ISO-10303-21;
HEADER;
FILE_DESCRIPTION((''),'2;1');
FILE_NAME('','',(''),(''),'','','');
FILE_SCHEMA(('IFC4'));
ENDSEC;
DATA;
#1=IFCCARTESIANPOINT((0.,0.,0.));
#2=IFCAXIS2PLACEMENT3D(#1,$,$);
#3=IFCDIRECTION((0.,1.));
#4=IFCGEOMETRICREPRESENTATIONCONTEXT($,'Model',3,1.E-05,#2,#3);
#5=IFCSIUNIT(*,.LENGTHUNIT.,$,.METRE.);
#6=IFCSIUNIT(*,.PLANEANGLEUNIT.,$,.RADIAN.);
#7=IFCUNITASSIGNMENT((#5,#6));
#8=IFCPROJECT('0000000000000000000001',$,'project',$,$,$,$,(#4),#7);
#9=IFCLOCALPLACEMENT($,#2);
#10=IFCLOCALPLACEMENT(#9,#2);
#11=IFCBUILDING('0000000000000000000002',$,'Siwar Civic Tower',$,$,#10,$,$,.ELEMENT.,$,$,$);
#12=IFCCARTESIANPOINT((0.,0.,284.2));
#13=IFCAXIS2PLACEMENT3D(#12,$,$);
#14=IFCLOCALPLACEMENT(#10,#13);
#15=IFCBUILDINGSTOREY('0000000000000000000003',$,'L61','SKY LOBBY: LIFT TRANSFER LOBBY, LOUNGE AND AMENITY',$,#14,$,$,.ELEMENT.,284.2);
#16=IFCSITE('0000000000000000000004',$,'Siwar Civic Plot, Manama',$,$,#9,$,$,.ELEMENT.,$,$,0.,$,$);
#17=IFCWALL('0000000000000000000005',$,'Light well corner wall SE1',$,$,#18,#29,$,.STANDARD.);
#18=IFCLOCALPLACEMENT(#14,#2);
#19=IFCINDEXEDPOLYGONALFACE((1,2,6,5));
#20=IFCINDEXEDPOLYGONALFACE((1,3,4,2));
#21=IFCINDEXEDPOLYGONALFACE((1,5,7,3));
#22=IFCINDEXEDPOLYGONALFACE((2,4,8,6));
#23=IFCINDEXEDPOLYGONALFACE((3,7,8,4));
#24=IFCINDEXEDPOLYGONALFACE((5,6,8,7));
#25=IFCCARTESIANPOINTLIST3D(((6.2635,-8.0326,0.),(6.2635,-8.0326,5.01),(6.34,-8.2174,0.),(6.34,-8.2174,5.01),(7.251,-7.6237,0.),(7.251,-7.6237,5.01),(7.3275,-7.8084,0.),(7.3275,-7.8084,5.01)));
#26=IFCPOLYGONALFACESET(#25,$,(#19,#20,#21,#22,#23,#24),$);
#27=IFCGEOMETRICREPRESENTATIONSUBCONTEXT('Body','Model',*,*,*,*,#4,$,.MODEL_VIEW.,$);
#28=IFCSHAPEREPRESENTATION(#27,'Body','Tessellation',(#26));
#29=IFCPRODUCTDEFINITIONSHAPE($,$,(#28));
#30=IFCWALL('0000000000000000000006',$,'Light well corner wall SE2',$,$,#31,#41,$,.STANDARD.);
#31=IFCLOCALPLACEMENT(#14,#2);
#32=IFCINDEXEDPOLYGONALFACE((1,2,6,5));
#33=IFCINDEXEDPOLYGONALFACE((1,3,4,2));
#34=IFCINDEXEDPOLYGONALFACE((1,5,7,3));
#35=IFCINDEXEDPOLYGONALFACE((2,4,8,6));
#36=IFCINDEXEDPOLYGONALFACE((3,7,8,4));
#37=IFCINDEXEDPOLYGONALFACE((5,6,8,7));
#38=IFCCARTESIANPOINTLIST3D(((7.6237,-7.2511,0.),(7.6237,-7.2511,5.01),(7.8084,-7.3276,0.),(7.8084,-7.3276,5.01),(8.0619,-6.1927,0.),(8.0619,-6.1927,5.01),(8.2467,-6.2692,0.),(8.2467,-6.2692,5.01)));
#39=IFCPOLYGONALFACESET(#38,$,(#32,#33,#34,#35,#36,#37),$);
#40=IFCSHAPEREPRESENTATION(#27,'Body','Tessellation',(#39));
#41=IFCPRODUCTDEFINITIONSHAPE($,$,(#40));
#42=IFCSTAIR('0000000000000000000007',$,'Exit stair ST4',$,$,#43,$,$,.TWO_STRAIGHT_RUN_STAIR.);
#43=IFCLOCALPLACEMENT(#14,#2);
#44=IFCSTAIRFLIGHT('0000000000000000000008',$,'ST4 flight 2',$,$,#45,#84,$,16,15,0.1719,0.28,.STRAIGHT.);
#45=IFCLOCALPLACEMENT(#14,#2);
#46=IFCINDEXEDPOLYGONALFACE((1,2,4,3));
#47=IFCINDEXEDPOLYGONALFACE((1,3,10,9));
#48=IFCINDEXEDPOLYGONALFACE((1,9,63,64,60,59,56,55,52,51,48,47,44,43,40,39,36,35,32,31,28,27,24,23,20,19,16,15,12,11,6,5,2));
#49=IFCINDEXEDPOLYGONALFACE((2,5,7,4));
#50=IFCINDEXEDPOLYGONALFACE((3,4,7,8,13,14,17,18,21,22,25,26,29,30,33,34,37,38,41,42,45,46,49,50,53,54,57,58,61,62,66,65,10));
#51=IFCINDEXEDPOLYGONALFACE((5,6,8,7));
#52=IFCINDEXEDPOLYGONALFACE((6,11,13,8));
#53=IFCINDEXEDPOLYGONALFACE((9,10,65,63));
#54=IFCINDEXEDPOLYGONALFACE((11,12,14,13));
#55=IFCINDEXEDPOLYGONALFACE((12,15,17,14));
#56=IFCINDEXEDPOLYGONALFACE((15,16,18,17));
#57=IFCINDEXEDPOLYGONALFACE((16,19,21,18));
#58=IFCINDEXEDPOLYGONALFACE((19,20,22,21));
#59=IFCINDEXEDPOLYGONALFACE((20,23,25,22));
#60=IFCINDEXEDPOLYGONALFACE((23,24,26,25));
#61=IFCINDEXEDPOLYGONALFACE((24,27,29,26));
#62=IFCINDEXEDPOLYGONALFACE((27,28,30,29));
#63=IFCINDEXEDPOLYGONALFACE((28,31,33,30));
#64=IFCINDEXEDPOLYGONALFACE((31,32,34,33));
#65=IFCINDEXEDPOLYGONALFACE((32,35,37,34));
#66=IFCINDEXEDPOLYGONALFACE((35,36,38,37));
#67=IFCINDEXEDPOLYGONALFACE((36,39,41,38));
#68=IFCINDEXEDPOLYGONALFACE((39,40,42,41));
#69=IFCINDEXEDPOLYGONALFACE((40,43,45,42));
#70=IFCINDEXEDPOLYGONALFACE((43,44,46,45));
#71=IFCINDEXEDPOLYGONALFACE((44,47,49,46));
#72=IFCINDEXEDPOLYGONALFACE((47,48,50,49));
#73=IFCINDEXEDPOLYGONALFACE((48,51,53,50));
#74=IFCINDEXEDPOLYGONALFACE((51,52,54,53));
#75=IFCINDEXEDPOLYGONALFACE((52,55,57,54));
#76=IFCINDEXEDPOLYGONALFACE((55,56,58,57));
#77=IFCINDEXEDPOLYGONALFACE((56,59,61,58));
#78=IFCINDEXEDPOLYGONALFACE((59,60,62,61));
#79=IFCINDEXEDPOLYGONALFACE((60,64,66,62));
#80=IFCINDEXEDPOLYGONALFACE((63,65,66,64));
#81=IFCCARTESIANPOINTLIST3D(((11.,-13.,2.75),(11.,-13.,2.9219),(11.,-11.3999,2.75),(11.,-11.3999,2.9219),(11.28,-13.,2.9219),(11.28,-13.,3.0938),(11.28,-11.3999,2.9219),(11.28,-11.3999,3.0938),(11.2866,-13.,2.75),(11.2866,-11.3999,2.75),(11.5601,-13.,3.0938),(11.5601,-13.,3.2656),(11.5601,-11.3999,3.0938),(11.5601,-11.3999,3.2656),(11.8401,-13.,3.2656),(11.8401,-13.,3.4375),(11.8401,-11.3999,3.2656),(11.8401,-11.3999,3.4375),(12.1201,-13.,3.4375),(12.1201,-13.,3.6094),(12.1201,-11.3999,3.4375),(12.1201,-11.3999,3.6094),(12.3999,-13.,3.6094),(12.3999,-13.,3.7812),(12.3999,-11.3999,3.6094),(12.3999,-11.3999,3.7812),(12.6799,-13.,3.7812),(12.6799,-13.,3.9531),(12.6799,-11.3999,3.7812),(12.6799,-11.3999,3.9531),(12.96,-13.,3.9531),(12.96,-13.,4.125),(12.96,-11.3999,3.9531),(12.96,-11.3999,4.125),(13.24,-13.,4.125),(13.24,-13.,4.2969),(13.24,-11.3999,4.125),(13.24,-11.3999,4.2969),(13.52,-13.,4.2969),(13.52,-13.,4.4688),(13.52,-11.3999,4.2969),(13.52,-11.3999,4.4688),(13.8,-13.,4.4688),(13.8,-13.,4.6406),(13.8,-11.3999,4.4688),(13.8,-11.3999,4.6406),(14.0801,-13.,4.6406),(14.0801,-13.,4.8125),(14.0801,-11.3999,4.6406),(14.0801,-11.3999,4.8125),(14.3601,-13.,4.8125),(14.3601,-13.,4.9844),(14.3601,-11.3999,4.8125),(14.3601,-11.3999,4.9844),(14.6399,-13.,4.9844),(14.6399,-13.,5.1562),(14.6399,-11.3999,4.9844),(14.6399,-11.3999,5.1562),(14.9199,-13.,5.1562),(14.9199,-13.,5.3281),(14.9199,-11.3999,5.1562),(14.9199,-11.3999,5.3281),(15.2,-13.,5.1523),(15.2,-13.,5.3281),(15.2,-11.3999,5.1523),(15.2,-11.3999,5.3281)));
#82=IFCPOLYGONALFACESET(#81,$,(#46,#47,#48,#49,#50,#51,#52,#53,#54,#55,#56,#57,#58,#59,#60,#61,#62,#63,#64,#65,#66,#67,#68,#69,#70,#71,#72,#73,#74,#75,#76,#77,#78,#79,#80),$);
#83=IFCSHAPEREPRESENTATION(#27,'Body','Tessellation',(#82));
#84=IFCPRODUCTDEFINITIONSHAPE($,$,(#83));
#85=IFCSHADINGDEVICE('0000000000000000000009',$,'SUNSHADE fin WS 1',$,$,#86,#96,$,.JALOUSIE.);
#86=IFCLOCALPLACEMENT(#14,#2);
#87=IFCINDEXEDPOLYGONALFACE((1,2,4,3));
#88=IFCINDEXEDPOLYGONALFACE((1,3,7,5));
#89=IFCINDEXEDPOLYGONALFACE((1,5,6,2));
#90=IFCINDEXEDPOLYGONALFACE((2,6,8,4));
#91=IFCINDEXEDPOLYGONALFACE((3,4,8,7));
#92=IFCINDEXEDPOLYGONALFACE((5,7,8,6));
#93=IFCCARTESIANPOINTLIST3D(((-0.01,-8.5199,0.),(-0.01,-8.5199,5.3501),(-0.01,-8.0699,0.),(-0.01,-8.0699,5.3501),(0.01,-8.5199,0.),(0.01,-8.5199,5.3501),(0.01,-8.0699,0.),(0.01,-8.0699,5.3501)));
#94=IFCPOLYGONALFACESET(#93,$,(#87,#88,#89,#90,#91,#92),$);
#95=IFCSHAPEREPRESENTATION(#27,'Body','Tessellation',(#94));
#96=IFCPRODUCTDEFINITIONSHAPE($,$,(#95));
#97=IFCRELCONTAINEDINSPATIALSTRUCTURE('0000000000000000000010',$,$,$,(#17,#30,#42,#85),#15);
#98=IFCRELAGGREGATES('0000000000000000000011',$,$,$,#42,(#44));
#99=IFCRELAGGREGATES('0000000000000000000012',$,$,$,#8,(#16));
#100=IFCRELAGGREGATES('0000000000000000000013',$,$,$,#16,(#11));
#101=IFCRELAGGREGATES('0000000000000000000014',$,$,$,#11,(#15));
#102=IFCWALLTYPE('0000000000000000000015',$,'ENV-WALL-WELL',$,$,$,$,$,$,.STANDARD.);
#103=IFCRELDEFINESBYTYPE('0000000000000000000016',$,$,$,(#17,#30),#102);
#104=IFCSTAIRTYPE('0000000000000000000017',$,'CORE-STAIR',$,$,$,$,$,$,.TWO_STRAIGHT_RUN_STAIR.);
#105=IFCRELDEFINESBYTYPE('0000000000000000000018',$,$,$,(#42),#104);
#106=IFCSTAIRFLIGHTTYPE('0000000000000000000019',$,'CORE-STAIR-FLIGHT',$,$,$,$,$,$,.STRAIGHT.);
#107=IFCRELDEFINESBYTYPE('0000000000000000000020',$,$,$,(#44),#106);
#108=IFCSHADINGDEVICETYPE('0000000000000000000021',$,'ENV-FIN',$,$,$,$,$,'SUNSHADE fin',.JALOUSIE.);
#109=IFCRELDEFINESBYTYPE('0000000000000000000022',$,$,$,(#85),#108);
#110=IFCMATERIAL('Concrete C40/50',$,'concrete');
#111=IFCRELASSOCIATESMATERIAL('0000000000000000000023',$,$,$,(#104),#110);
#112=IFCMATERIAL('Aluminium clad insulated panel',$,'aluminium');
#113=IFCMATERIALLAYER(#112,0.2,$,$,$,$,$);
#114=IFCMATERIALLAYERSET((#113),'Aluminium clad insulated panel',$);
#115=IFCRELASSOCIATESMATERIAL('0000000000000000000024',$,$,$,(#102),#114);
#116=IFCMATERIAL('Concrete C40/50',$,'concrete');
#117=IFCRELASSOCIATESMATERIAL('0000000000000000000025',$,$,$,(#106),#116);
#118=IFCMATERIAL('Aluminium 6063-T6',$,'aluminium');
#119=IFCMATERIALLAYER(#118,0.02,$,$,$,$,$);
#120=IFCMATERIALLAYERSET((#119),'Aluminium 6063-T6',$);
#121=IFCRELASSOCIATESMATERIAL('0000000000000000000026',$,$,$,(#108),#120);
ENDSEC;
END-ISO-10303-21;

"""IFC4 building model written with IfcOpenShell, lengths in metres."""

from ifc_helpers import new_model, si_unit, direction, frame, frame_2d, origin, origin_2d, place, context, subcontext, project, spatial, polyline, rectangle, outline, extrude, material, layer, layer_set, type_object, element, aggregate, save


model = new_model("IFC4")

# Units and contexts
model_context = context("Model", 3, precision=1e-05, world=origin(), true_north=direction((0.0, 1.0)))
body_context = subcontext(model_context, "Body", "Model", "MODEL_VIEW")
ifc_project = project(units=[si_unit("LENGTHUNIT", "METRE"), si_unit("PLANEANGLEUNIT", "RADIAN")], contexts=[model_context])

# Site, building, storey
site_placement = place(None, origin())
site = spatial("IfcSite", under=ifc_project, at=site_placement, Name="Siwar Civic Plot, Manama", CompositionType="ELEMENT", RefElevation=0.0)
building_placement = place(site_placement, origin())
building = spatial("IfcBuilding", under=site, at=building_placement, Name="Siwar Civic Tower", CompositionType="ELEMENT")
storey_placement = place(building_placement, frame((0.0, 0.0, 284.2)))
storey = spatial("IfcBuildingStorey", under=building, at=storey_placement, Name="L61", Description="SKY LOBBY: LIFT TRANSFER LOBBY, LOUNGE AND AMENITY", CompositionType="ELEMENT", Elevation=284.2)

# Shared definitions
ifc_material_1 = material(Name="Concrete C40/50", Category="concrete")
stair_type = type_object("IfcStairType", Name="CORE-STAIR", PredefinedType="TWO_STRAIGHT_RUN_STAIR", material=ifc_material_1)

# Walls
ifc_material_2 = material(Name="Aluminium clad insulated panel", Category="aluminium")
ifc_layer_1 = layer(ifc_material_2, 0.2)
ifc_layer_set_1 = layer_set([ifc_layer_1], Name="Aluminium clad insulated panel")
wall_type_1 = type_object("IfcWallType", Name="ENV-WALL-WELL", PredefinedType="STANDARD", material=ifc_layer_set_1)
wall_1_placement = place(storey_placement, frame((6.3018, -8.125, 0.0), z_axis=(0.0, 0.0, 1.0), x_axis=(0.923919, 0.382587, 0.0)))
element("IfcWall", 1, at=wall_1_placement, inside=storey, type_object=wall_type_1, Name="Light well corner wall SE1", PredefinedType="STANDARD", context=body_context, shape_type="SweptSolid", body=[
    extrude(rectangle(XDim=1.0688, YDim=0.2, at=frame_2d((0.5344, 0.0))), origin(), (0.0, 0.0, 1.0), 5.01),
])
wall_2_placement = place(storey_placement, frame((7.7161, -7.2893, 0.0), z_axis=(0.0, 0.0, 1.0), x_axis=(0.382571, 0.923926, 0.0)))
element("IfcWall", 2, at=wall_2_placement, inside=storey, type_object=wall_type_1, Name="Light well corner wall SE2", PredefinedType="STANDARD", context=body_context, shape_type="SweptSolid", body=[
    extrude(rectangle(XDim=1.1455, YDim=0.2, at=frame_2d((0.5728, 0.0))), origin(), (0.0, 0.0, 1.0), 5.01),
])

# Stair, stair flight
stair_1_placement = place(storey_placement, origin())
stair_1 = element("IfcStair", 3, at=stair_1_placement, inside=storey, type_object=stair_type, Name="Exit stair ST4", PredefinedType="TWO_STRAIGHT_RUN_STAIR")
ifc_material_3 = material(Name="Concrete C40/50", Category="concrete")
stair_flight_type = type_object("IfcStairFlightType", Name="CORE-STAIR-FLIGHT", PredefinedType="STRAIGHT", material=ifc_material_3)
stair_flight_placement = place(storey_placement, frame((11.0, -12.2, 2.75), z_axis=(0.0, 0.0, 1.0), x_axis=(1.0, 0.0, 0.0)))
stair_flight = element("IfcStairFlight", 4, at=stair_flight_placement, type_object=stair_flight_type, Name="ST4 flight 2", NumberOfRisers=16, NumberOfTreads=15, PredefinedType="STRAIGHT", RiserHeight=0.1719, TreadLength=0.28, context=body_context, shape_type="SweptSolid", body=[
    extrude(outline(polyline([(0.0, 0.0), (0.0, 0.1719), (0.28, 0.1719), (0.28, 0.3438), (0.5601, 0.3438), (0.5601, 0.5156), (0.8401, 0.5156), (0.8401, 0.6875), (1.1201, 0.6875), (1.1201, 0.8594), (1.3999, 0.8594), (1.3999, 1.0312), (1.6799, 1.0312), (1.6799, 1.2031), (1.96, 1.2031), (1.96, 1.375), (2.24, 1.375), (2.24, 1.5469), (2.52, 1.5469), (2.52, 1.7188), (2.8, 1.7188), (2.8, 1.8906), (3.0801, 1.8906), (3.0801, 2.0625), (3.3601, 2.0625), (3.3601, 2.2344), (3.6399, 2.2344), (3.6399, 2.4062), (3.9199, 2.4062), (3.9199, 2.5781), (4.2, 2.5781), (4.2, 2.75), (4.2, 2.4023), (0.2866, 0.0), (0.0, 0.0)])), frame((0.0, 0.8, 0.0), z_axis=(0.0, -1.0, 0.0), x_axis=(1.0, 0.0, 0.0)), (0.0, 0.0, 1.0), 1.6001),
])
aggregate(stair_1, [stair_flight])

# Shading device
ifc_material_4 = material(Name="Aluminium 6063-T6", Category="aluminium")
ifc_layer_2 = layer(ifc_material_4, 0.02)
ifc_layer_set_2 = layer_set([ifc_layer_2], Name="Aluminium 6063-T6")
shading_device_type = type_object("IfcShadingDeviceType", Name="ENV-FIN", ElementType="SUNSHADE fin", PredefinedType="JALOUSIE", material=ifc_layer_set_2)
shading_device_placement = place(storey_placement, frame((0.0, -8.2949, 0.0), z_axis=(0.0, 0.0, 1.0), x_axis=(1.0, 0.0, 0.0)))
element("IfcShadingDevice", 5, at=shading_device_placement, inside=storey, type_object=shading_device_type, Name="SUNSHADE fin WS 1", PredefinedType="JALOUSIE", context=body_context, shape_type="SweptSolid", body=[
    extrude(rectangle(XDim=0.02, YDim=0.45, at=origin_2d()), origin(), (0.0, 0.0, 1.0), 5.3501),
])

save(model, "model.ifc")
